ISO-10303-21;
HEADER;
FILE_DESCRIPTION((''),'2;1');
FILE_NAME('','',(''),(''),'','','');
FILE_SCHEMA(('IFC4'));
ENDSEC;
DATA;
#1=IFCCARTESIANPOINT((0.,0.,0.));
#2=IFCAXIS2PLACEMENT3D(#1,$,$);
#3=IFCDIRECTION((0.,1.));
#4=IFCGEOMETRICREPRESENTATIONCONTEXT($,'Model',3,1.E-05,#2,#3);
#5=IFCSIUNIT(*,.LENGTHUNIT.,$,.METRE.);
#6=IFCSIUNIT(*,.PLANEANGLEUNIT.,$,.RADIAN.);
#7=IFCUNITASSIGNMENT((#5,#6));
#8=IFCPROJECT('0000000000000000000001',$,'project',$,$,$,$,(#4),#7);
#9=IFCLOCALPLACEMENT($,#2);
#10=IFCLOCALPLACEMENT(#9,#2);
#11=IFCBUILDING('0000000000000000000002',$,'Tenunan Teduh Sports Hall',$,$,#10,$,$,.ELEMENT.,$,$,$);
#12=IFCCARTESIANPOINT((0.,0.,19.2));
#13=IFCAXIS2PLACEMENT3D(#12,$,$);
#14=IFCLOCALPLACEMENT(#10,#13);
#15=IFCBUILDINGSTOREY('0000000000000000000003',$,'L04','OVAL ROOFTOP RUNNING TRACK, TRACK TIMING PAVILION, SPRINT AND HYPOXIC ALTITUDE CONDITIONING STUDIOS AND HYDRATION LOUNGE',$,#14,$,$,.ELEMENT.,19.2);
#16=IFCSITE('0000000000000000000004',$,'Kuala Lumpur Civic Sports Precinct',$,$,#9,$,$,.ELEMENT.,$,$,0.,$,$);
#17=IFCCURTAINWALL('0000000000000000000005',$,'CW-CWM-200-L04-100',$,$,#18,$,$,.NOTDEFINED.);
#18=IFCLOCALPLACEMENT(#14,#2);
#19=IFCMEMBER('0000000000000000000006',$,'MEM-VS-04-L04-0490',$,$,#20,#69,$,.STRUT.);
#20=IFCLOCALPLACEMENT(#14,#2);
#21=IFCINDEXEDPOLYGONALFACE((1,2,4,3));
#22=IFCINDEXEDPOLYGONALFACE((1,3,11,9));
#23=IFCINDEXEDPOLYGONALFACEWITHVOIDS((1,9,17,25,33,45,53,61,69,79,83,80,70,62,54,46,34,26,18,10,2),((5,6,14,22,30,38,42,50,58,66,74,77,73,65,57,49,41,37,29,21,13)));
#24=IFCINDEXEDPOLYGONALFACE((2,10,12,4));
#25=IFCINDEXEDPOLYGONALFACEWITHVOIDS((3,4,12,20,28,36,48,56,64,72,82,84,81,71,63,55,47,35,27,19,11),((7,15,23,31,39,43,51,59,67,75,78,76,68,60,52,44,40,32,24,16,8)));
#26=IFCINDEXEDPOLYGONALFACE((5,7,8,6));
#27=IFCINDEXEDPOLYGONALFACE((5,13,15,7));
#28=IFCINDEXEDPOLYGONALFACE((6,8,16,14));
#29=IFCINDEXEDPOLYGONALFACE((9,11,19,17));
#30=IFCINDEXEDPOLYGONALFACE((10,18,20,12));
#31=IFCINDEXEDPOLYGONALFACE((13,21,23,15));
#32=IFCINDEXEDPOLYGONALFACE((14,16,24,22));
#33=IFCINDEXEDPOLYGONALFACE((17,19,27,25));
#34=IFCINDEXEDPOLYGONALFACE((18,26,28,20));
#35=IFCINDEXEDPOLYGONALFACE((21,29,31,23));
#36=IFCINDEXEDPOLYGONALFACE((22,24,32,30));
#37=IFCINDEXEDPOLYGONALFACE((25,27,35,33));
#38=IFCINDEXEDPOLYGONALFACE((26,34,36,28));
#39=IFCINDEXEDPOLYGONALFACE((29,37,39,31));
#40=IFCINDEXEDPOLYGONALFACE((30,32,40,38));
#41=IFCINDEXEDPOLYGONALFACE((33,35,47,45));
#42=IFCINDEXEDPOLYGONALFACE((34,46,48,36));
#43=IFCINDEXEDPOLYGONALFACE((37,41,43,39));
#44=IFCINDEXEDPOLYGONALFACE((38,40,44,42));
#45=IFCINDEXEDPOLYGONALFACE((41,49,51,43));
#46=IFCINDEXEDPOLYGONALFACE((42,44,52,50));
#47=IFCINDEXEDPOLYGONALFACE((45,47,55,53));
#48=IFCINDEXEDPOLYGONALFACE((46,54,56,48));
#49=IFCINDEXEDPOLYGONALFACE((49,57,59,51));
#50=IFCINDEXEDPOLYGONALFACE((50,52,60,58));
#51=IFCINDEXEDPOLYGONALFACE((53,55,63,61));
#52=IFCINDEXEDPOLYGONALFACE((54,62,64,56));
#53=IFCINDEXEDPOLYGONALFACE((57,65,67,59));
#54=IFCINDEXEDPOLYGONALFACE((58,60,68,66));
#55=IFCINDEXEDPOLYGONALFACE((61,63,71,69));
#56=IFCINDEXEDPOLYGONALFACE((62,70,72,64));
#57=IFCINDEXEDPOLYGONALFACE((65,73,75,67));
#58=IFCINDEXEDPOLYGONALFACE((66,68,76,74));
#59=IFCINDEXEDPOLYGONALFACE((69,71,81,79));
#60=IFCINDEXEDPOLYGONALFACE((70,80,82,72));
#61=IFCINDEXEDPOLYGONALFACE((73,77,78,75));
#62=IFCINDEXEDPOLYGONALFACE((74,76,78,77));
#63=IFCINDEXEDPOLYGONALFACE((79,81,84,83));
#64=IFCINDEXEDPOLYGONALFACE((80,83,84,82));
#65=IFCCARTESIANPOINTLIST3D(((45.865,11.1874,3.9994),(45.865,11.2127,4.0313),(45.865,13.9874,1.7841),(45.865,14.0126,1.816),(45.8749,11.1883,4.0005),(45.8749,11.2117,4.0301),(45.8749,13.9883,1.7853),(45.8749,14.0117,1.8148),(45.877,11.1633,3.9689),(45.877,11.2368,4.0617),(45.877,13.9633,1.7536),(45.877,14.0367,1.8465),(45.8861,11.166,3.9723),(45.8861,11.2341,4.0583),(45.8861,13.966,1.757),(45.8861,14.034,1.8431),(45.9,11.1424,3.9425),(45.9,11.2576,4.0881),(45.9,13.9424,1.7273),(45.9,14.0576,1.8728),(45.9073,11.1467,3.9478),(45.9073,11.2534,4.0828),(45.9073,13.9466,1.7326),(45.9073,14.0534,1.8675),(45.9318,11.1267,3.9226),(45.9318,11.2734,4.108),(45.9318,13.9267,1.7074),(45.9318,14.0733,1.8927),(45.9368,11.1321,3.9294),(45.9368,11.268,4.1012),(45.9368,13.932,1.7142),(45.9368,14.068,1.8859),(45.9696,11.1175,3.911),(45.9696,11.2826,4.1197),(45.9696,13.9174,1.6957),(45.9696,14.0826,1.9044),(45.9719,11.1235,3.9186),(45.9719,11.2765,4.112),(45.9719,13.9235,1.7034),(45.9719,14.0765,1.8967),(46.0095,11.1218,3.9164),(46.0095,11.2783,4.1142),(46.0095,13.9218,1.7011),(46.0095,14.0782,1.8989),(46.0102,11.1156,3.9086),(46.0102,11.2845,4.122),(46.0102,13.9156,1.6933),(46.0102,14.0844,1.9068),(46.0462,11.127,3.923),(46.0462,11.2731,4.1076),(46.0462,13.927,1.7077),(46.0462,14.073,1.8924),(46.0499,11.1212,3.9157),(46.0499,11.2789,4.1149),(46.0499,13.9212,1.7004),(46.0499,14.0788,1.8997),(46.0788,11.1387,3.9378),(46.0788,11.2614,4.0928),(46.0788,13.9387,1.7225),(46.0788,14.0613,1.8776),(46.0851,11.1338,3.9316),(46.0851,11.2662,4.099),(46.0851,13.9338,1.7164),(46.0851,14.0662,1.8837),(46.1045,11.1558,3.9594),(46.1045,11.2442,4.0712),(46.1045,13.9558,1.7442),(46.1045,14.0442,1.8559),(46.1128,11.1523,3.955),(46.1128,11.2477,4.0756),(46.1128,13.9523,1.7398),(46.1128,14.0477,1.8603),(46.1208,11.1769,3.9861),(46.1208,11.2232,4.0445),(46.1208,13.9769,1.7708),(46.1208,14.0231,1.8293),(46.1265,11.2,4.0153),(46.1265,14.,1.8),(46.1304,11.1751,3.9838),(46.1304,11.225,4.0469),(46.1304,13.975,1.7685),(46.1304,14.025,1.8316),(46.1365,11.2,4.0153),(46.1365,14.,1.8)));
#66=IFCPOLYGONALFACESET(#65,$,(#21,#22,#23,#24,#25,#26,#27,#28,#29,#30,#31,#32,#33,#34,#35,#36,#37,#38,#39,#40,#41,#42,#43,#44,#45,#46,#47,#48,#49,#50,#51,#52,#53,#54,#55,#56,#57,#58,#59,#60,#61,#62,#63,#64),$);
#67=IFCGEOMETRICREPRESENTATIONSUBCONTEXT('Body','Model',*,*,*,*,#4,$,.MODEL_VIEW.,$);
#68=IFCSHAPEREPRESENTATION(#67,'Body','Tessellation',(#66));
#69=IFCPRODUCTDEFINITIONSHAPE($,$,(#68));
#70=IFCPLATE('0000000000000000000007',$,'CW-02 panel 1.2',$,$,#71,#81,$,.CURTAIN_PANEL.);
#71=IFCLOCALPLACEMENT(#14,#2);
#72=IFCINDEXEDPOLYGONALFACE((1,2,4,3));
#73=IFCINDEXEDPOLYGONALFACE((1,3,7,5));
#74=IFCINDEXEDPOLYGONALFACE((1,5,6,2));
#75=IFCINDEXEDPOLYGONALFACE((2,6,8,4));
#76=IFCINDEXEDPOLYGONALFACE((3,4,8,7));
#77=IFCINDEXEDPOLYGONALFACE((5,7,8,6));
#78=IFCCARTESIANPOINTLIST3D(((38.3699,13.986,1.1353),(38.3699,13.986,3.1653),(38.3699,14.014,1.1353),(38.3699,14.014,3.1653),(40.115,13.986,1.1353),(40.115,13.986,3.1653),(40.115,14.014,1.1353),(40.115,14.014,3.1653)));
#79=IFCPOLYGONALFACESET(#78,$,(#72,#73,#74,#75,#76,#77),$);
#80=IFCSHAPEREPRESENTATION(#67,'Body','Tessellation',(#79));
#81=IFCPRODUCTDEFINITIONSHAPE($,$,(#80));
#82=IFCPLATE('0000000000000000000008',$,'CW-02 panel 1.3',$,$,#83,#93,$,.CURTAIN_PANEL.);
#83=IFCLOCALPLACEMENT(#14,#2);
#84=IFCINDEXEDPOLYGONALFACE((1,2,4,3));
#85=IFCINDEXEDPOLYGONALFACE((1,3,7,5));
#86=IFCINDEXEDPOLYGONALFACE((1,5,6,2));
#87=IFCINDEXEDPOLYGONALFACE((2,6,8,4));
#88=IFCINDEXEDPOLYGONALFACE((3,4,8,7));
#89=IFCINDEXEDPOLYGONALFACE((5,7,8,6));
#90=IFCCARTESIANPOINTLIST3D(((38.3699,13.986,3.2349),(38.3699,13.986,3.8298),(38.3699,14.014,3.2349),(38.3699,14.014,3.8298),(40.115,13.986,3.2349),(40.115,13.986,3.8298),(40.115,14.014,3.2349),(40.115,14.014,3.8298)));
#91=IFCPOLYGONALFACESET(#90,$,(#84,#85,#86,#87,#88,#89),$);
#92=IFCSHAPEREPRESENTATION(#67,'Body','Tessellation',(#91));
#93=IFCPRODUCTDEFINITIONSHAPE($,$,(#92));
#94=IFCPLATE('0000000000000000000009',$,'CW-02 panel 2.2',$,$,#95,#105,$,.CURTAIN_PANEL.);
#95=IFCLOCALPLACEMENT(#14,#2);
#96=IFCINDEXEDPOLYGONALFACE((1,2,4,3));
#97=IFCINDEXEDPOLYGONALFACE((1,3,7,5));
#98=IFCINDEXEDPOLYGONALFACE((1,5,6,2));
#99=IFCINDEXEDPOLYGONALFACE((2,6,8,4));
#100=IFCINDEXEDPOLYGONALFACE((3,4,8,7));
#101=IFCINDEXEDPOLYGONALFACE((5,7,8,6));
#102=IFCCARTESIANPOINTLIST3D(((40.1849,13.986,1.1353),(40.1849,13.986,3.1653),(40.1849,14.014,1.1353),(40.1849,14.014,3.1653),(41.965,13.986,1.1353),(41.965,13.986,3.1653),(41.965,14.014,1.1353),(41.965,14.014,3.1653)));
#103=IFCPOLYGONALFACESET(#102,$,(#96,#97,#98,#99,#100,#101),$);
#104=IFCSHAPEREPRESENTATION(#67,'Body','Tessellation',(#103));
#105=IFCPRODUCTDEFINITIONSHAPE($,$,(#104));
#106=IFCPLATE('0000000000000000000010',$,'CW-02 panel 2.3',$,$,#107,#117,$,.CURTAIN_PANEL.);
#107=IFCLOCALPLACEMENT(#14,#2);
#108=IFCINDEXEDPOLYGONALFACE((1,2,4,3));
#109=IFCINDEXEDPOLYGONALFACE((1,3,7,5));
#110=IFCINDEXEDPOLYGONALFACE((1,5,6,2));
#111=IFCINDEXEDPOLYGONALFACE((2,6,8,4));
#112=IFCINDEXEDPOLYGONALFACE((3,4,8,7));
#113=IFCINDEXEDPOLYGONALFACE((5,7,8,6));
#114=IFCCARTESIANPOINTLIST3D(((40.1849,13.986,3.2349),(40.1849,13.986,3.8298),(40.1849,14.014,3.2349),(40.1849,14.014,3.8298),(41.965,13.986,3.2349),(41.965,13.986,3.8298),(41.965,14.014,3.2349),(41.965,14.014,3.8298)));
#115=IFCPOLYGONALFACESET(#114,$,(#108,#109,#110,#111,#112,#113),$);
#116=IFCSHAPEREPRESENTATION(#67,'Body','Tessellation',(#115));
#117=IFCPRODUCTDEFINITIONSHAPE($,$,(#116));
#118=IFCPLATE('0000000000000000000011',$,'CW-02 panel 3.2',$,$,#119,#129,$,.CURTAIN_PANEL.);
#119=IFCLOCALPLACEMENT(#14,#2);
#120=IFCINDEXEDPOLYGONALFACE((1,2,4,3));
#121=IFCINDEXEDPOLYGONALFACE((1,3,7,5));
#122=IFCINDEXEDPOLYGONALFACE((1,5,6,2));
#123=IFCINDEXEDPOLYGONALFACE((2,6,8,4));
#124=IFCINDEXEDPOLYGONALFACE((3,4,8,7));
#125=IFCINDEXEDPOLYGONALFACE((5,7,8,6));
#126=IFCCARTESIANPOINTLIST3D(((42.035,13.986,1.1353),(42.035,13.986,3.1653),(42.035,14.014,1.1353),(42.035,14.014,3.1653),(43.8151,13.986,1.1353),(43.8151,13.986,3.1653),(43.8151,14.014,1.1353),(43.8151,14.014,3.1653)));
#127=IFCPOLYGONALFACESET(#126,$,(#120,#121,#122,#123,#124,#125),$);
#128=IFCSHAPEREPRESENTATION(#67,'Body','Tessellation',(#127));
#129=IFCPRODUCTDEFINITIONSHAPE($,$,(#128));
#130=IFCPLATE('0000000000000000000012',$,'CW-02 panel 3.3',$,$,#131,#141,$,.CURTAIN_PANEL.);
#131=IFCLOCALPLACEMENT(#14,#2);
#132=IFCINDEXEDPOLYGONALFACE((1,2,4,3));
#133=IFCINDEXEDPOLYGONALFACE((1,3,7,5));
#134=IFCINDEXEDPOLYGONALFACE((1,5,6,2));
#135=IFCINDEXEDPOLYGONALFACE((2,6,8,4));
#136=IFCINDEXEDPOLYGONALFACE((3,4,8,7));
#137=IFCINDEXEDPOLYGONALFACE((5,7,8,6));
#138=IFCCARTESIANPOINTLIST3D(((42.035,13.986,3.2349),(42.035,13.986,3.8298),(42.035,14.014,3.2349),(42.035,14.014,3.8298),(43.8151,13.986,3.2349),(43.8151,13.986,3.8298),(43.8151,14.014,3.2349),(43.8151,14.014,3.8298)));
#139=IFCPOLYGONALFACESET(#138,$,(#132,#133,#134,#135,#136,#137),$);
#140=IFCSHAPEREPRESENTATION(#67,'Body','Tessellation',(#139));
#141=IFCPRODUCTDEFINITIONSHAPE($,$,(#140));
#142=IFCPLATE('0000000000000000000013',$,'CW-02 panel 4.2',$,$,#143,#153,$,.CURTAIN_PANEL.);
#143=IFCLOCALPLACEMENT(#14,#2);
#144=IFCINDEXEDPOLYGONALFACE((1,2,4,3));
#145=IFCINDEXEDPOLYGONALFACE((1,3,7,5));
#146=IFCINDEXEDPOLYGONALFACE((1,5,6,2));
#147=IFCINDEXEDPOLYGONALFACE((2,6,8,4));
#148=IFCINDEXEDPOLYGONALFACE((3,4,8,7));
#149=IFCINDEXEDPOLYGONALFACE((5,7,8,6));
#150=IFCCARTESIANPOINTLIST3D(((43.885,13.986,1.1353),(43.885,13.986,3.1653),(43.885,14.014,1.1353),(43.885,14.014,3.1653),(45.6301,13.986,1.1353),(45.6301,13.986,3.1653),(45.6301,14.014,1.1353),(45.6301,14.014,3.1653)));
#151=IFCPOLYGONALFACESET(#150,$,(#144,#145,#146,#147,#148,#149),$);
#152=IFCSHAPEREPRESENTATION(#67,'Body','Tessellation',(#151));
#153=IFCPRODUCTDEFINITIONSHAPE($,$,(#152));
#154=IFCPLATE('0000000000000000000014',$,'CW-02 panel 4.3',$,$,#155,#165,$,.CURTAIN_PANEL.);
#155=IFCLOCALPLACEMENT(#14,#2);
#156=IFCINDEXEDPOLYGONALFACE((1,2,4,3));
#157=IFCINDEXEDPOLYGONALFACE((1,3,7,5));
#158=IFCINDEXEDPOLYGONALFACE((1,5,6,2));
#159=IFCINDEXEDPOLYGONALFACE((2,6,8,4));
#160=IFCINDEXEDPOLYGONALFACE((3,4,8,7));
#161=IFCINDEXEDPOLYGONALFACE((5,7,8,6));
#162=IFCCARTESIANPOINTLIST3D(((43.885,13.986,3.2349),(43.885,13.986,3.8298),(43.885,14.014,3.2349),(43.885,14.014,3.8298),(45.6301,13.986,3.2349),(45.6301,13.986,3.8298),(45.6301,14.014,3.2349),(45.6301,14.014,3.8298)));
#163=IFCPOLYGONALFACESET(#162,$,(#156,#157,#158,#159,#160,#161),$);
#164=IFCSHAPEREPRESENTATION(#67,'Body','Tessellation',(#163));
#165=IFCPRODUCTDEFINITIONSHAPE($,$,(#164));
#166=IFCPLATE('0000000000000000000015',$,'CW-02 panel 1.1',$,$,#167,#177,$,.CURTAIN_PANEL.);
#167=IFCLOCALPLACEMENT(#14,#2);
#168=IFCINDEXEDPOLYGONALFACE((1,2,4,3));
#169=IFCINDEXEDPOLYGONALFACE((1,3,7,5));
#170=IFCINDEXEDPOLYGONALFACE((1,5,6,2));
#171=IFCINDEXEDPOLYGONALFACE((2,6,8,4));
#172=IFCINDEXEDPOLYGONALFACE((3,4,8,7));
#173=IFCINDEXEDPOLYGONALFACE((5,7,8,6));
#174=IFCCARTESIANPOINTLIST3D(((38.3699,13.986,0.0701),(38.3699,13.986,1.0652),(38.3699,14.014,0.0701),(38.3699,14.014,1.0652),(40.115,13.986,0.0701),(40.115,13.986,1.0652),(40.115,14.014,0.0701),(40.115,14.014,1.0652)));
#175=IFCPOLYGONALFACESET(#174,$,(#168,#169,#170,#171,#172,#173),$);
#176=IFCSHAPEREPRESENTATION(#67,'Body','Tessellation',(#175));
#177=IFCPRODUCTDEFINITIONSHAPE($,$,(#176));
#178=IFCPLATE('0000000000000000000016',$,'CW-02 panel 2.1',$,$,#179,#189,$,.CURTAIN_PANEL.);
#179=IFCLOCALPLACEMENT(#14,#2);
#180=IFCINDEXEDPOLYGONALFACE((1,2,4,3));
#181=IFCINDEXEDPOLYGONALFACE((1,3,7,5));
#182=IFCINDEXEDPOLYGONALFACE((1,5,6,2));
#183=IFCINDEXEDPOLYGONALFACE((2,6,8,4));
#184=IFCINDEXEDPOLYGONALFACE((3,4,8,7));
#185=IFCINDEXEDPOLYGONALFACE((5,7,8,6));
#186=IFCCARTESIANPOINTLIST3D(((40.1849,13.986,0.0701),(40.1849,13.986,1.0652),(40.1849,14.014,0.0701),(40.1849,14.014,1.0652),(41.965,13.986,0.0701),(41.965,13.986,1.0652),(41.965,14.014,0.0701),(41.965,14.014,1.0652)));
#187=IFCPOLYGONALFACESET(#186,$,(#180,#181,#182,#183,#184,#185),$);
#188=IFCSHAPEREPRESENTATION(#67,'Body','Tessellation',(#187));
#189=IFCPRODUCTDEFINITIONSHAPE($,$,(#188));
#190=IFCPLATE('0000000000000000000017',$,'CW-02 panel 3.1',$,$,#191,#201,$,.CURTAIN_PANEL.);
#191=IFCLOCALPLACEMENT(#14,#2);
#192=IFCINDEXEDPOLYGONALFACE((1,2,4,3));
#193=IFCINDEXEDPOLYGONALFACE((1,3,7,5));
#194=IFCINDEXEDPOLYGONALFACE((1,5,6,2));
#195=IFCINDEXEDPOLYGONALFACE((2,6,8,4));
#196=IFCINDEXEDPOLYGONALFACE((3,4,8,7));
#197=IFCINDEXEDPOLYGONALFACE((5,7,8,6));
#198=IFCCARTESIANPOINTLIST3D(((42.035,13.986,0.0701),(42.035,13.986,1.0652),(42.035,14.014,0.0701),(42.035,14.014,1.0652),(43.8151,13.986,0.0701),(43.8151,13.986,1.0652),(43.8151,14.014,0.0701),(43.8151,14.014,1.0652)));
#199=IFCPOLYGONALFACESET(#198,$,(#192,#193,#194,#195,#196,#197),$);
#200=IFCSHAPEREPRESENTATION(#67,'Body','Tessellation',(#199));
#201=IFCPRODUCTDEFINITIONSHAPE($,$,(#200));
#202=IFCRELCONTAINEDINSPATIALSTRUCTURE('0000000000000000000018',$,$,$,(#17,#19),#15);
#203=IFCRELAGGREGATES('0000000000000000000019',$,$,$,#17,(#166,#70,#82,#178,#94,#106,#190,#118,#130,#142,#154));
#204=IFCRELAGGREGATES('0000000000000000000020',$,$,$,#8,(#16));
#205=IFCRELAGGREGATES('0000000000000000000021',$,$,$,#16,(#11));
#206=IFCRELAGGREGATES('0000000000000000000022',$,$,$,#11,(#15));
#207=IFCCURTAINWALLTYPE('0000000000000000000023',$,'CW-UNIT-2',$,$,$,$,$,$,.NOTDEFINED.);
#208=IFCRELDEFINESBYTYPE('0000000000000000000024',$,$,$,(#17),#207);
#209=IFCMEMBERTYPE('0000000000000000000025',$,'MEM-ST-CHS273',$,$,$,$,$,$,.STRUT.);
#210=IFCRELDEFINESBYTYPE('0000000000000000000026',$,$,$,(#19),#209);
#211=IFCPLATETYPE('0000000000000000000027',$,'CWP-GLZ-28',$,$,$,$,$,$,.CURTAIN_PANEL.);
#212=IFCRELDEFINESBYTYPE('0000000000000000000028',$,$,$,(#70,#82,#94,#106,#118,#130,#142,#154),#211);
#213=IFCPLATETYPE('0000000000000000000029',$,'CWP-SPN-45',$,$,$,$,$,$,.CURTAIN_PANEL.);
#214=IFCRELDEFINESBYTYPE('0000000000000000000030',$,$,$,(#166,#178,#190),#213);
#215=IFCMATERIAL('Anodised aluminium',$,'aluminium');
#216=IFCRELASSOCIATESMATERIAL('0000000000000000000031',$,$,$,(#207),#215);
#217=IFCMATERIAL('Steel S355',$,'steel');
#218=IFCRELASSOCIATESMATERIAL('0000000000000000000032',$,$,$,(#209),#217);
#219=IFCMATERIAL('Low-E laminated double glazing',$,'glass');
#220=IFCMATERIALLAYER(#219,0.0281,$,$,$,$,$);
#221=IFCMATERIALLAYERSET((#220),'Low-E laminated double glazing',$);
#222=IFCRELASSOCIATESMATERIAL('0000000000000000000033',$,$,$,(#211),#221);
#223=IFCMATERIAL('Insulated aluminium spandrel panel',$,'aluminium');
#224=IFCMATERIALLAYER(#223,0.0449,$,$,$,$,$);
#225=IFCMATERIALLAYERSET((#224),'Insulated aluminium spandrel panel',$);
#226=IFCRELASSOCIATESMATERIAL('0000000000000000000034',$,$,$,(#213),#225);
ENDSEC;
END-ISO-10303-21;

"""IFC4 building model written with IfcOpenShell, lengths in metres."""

from ifc_helpers import new_model, si_unit, direction, frame, origin, origin_2d, place, context, subcontext, project, spatial, rectangle, hollow_circle, extrude, material, layer, layer_set, material_profile, profile_set, type_object, element, aggregate, save


model = new_model("IFC4")

# Units and contexts
model_context = context("Model", 3, precision=1e-05, world=origin(), true_north=direction((0.0, 1.0)))
body_context = subcontext(model_context, "Body", "Model", "MODEL_VIEW")
ifc_project = project(units=[si_unit("LENGTHUNIT", "METRE"), si_unit("PLANEANGLEUNIT", "RADIAN")], contexts=[model_context])

# Site, building, storey
site_placement = place(None, origin())
site = spatial("IfcSite", under=ifc_project, at=site_placement, Name="Kuala Lumpur Civic Sports Precinct", CompositionType="ELEMENT", RefElevation=0.0)
building_placement = place(site_placement, origin())
building = spatial("IfcBuilding", under=site, at=building_placement, Name="Tenunan Teduh Sports Hall", CompositionType="ELEMENT")
storey_placement = place(building_placement, frame((0.0, 0.0, 19.2)))
storey = spatial("IfcBuildingStorey", under=building, at=storey_placement, Name="L04", Description="OVAL ROOFTOP RUNNING TRACK, TRACK TIMING PAVILION, SPRINT AND HYPOXIC ALTITUDE CONDITIONING STUDIOS AND HYDRATION LOUNGE", CompositionType="ELEMENT", Elevation=19.2)

# Shared definitions
ifc_material_1 = material(Name="Anodised aluminium", Category="aluminium")
curtain_wall_type = type_object("IfcCurtainWallType", Name="CW-UNIT-2", PredefinedType="NOTDEFINED", material=ifc_material_1)

# Curtain wall
curtain_wall_1_placement = place(storey_placement, origin())
curtain_wall_1 = element("IfcCurtainWall", 1, at=curtain_wall_1_placement, inside=storey, type_object=curtain_wall_type, Name="CW-CWM-200-L04-100", PredefinedType="NOTDEFINED")

# Member
ifc_material_2 = material(Name="Steel S355", Category="steel")
ifc_material_profile_1 = material_profile(ifc_material_2, hollow_circle(Radius=0.1365, WallThickness=0.01, at=origin_2d()), Name="CHS 273.0x10.0")
ifc_profile_set_1 = profile_set([ifc_material_profile_1], Name="Steel S355")
member_type_1 = type_object("IfcMemberType", Name="MEM-ST-CHS273", PredefinedType="STRUT", material=ifc_profile_set_1)
member_1_placement = place(storey_placement, frame((46.0, 14.0, 1.8), z_axis=(0.0, -0.784233, 0.620466), x_axis=(1.0, 0.0, 0.0)))
element("IfcMember", 2, at=member_1_placement, inside=storey, type_object=member_type_1, Name="MEM-VS-04-L04-0490", PredefinedType="STRUT", context=body_context, shape_type="SweptSolid", body=[
    extrude(hollow_circle(Radius=0.1365, WallThickness=0.01, at=origin_2d()), origin(), (0.0, 0.0, 1.0), 3.5703),
])

# Plates
ifc_material_3 = material(Name="Low-E laminated double glazing", Category="glass")
ifc_layer_1 = layer(ifc_material_3, 0.0281)
ifc_layer_set_1 = layer_set([ifc_layer_1], Name="Low-E laminated double glazing")
plate_type_1 = type_object("IfcPlateType", Name="CWP-GLZ-28", PredefinedType="CURTAIN_PANEL", material=ifc_layer_set_1)
plate_1_placement = place(storey_placement, frame((39.2424, 14.0, 1.1353), z_axis=(0.0, 0.0, 1.0), x_axis=(1.0, 0.0, 0.0)))
plate_1 = element("IfcPlate", 3, at=plate_1_placement, type_object=plate_type_1, Name="CW-02 panel 1.2", PredefinedType="CURTAIN_PANEL", context=body_context, shape_type="SweptSolid", body=[
    extrude(rectangle(XDim=1.7451, YDim=0.0281, at=origin_2d()), origin(), (0.0, 0.0, 1.0), 2.03),
])
plate_2_placement = place(storey_placement, frame((39.2424, 14.0, 3.2349), z_axis=(0.0, 0.0, 1.0), x_axis=(1.0, 0.0, 0.0)))
plate_2 = element("IfcPlate", 4, at=plate_2_placement, type_object=plate_type_1, Name="CW-02 panel 1.3", PredefinedType="CURTAIN_PANEL", context=body_context, shape_type="SweptSolid", body=[
    extrude(rectangle(XDim=1.7451, YDim=0.0281, at=origin_2d()), origin(), (0.0, 0.0, 1.0), 0.595),
])
plate_3_placement = place(storey_placement, frame((41.075, 14.0, 1.1353), z_axis=(0.0, 0.0, 1.0), x_axis=(1.0, 0.0, 0.0)))
plate_3 = element("IfcPlate", 5, at=plate_3_placement, type_object=plate_type_1, Name="CW-02 panel 2.2", PredefinedType="CURTAIN_PANEL", context=body_context, shape_type="SweptSolid", body=[
    extrude(rectangle(XDim=1.78, YDim=0.0281, at=origin_2d()), origin(), (0.0, 0.0, 1.0), 2.03),
])
plate_4_placement = place(storey_placement, frame((41.075, 14.0, 3.2349), z_axis=(0.0, 0.0, 1.0), x_axis=(1.0, 0.0, 0.0)))
plate_4 = element("IfcPlate", 6, at=plate_4_placement, type_object=plate_type_1, Name="CW-02 panel 2.3", PredefinedType="CURTAIN_PANEL", context=body_context, shape_type="SweptSolid", body=[
    extrude(rectangle(XDim=1.78, YDim=0.0281, at=origin_2d()), origin(), (0.0, 0.0, 1.0), 0.595),
])
plate_5_placement = place(storey_placement, frame((42.925, 14.0, 1.1353), z_axis=(0.0, 0.0, 1.0), x_axis=(1.0, 0.0, 0.0)))
plate_5 = element("IfcPlate", 7, at=plate_5_placement, type_object=plate_type_1, Name="CW-02 panel 3.2", PredefinedType="CURTAIN_PANEL", context=body_context, shape_type="SweptSolid", body=[
    extrude(rectangle(XDim=1.78, YDim=0.0281, at=origin_2d()), origin(), (0.0, 0.0, 1.0), 2.03),
])
plate_6_placement = place(storey_placement, frame((42.925, 14.0, 3.2349), z_axis=(0.0, 0.0, 1.0), x_axis=(1.0, 0.0, 0.0)))
plate_6 = element("IfcPlate", 8, at=plate_6_placement, type_object=plate_type_1, Name="CW-02 panel 3.3", PredefinedType="CURTAIN_PANEL", context=body_context, shape_type="SweptSolid", body=[
    extrude(rectangle(XDim=1.78, YDim=0.0281, at=origin_2d()), origin(), (0.0, 0.0, 1.0), 0.595),
])
plate_7_placement = place(storey_placement, frame((44.7576, 14.0, 1.1353), z_axis=(0.0, 0.0, 1.0), x_axis=(1.0, 0.0, 0.0)))
plate_7 = element("IfcPlate", 9, at=plate_7_placement, type_object=plate_type_1, Name="CW-02 panel 4.2", PredefinedType="CURTAIN_PANEL", context=body_context, shape_type="SweptSolid", body=[
    extrude(rectangle(XDim=1.7451, YDim=0.0281, at=origin_2d()), origin(), (0.0, 0.0, 1.0), 2.03),
])
plate_8_placement = place(storey_placement, frame((44.7576, 14.0, 3.2349), z_axis=(0.0, 0.0, 1.0), x_axis=(1.0, 0.0, 0.0)))
plate_8 = element("IfcPlate", 10, at=plate_8_placement, type_object=plate_type_1, Name="CW-02 panel 4.3", PredefinedType="CURTAIN_PANEL", context=body_context, shape_type="SweptSolid", body=[
    extrude(rectangle(XDim=1.7451, YDim=0.0281, at=origin_2d()), origin(), (0.0, 0.0, 1.0), 0.595),
])
ifc_material_4 = material(Name="Insulated aluminium spandrel panel", Category="aluminium")
ifc_layer_2 = layer(ifc_material_4, 0.0449)
ifc_layer_set_2 = layer_set([ifc_layer_2], Name="Insulated aluminium spandrel panel")
plate_type_2 = type_object("IfcPlateType", Name="CWP-SPN-45", PredefinedType="CURTAIN_PANEL", material=ifc_layer_set_2)
plate_9_placement = place(storey_placement, frame((39.2424, 14.0, 0.0701), z_axis=(0.0, 0.0, 1.0), x_axis=(1.0, 0.0, 0.0)))
plate_9 = element("IfcPlate", 11, at=plate_9_placement, type_object=plate_type_2, Name="CW-02 panel 1.1", PredefinedType="CURTAIN_PANEL", context=body_context, shape_type="SweptSolid", body=[
    extrude(rectangle(XDim=1.7451, YDim=0.0281, at=origin_2d()), origin(), (0.0, 0.0, 1.0), 0.9951),
])
plate_10_placement = place(storey_placement, frame((41.075, 14.0, 0.0701), z_axis=(0.0, 0.0, 1.0), x_axis=(1.0, 0.0, 0.0)))
plate_10 = element("IfcPlate", 12, at=plate_10_placement, type_object=plate_type_2, Name="CW-02 panel 2.1", PredefinedType="CURTAIN_PANEL", context=body_context, shape_type="SweptSolid", body=[
    extrude(rectangle(XDim=1.78, YDim=0.0281, at=origin_2d()), origin(), (0.0, 0.0, 1.0), 0.9951),
])
plate_11_placement = place(storey_placement, frame((42.925, 14.0, 0.0701), z_axis=(0.0, 0.0, 1.0), x_axis=(1.0, 0.0, 0.0)))
plate_11 = element("IfcPlate", 13, at=plate_11_placement, type_object=plate_type_2, Name="CW-02 panel 3.1", PredefinedType="CURTAIN_PANEL", context=body_context, shape_type="SweptSolid", body=[
    extrude(rectangle(XDim=1.78, YDim=0.0281, at=origin_2d()), origin(), (0.0, 0.0, 1.0), 0.9951),
])
aggregate(curtain_wall_1, [plate_9, plate_1, plate_2, plate_10, plate_3, plate_4, plate_11, plate_5, plate_6, plate_7, plate_8])

save(model, "model.ifc")
